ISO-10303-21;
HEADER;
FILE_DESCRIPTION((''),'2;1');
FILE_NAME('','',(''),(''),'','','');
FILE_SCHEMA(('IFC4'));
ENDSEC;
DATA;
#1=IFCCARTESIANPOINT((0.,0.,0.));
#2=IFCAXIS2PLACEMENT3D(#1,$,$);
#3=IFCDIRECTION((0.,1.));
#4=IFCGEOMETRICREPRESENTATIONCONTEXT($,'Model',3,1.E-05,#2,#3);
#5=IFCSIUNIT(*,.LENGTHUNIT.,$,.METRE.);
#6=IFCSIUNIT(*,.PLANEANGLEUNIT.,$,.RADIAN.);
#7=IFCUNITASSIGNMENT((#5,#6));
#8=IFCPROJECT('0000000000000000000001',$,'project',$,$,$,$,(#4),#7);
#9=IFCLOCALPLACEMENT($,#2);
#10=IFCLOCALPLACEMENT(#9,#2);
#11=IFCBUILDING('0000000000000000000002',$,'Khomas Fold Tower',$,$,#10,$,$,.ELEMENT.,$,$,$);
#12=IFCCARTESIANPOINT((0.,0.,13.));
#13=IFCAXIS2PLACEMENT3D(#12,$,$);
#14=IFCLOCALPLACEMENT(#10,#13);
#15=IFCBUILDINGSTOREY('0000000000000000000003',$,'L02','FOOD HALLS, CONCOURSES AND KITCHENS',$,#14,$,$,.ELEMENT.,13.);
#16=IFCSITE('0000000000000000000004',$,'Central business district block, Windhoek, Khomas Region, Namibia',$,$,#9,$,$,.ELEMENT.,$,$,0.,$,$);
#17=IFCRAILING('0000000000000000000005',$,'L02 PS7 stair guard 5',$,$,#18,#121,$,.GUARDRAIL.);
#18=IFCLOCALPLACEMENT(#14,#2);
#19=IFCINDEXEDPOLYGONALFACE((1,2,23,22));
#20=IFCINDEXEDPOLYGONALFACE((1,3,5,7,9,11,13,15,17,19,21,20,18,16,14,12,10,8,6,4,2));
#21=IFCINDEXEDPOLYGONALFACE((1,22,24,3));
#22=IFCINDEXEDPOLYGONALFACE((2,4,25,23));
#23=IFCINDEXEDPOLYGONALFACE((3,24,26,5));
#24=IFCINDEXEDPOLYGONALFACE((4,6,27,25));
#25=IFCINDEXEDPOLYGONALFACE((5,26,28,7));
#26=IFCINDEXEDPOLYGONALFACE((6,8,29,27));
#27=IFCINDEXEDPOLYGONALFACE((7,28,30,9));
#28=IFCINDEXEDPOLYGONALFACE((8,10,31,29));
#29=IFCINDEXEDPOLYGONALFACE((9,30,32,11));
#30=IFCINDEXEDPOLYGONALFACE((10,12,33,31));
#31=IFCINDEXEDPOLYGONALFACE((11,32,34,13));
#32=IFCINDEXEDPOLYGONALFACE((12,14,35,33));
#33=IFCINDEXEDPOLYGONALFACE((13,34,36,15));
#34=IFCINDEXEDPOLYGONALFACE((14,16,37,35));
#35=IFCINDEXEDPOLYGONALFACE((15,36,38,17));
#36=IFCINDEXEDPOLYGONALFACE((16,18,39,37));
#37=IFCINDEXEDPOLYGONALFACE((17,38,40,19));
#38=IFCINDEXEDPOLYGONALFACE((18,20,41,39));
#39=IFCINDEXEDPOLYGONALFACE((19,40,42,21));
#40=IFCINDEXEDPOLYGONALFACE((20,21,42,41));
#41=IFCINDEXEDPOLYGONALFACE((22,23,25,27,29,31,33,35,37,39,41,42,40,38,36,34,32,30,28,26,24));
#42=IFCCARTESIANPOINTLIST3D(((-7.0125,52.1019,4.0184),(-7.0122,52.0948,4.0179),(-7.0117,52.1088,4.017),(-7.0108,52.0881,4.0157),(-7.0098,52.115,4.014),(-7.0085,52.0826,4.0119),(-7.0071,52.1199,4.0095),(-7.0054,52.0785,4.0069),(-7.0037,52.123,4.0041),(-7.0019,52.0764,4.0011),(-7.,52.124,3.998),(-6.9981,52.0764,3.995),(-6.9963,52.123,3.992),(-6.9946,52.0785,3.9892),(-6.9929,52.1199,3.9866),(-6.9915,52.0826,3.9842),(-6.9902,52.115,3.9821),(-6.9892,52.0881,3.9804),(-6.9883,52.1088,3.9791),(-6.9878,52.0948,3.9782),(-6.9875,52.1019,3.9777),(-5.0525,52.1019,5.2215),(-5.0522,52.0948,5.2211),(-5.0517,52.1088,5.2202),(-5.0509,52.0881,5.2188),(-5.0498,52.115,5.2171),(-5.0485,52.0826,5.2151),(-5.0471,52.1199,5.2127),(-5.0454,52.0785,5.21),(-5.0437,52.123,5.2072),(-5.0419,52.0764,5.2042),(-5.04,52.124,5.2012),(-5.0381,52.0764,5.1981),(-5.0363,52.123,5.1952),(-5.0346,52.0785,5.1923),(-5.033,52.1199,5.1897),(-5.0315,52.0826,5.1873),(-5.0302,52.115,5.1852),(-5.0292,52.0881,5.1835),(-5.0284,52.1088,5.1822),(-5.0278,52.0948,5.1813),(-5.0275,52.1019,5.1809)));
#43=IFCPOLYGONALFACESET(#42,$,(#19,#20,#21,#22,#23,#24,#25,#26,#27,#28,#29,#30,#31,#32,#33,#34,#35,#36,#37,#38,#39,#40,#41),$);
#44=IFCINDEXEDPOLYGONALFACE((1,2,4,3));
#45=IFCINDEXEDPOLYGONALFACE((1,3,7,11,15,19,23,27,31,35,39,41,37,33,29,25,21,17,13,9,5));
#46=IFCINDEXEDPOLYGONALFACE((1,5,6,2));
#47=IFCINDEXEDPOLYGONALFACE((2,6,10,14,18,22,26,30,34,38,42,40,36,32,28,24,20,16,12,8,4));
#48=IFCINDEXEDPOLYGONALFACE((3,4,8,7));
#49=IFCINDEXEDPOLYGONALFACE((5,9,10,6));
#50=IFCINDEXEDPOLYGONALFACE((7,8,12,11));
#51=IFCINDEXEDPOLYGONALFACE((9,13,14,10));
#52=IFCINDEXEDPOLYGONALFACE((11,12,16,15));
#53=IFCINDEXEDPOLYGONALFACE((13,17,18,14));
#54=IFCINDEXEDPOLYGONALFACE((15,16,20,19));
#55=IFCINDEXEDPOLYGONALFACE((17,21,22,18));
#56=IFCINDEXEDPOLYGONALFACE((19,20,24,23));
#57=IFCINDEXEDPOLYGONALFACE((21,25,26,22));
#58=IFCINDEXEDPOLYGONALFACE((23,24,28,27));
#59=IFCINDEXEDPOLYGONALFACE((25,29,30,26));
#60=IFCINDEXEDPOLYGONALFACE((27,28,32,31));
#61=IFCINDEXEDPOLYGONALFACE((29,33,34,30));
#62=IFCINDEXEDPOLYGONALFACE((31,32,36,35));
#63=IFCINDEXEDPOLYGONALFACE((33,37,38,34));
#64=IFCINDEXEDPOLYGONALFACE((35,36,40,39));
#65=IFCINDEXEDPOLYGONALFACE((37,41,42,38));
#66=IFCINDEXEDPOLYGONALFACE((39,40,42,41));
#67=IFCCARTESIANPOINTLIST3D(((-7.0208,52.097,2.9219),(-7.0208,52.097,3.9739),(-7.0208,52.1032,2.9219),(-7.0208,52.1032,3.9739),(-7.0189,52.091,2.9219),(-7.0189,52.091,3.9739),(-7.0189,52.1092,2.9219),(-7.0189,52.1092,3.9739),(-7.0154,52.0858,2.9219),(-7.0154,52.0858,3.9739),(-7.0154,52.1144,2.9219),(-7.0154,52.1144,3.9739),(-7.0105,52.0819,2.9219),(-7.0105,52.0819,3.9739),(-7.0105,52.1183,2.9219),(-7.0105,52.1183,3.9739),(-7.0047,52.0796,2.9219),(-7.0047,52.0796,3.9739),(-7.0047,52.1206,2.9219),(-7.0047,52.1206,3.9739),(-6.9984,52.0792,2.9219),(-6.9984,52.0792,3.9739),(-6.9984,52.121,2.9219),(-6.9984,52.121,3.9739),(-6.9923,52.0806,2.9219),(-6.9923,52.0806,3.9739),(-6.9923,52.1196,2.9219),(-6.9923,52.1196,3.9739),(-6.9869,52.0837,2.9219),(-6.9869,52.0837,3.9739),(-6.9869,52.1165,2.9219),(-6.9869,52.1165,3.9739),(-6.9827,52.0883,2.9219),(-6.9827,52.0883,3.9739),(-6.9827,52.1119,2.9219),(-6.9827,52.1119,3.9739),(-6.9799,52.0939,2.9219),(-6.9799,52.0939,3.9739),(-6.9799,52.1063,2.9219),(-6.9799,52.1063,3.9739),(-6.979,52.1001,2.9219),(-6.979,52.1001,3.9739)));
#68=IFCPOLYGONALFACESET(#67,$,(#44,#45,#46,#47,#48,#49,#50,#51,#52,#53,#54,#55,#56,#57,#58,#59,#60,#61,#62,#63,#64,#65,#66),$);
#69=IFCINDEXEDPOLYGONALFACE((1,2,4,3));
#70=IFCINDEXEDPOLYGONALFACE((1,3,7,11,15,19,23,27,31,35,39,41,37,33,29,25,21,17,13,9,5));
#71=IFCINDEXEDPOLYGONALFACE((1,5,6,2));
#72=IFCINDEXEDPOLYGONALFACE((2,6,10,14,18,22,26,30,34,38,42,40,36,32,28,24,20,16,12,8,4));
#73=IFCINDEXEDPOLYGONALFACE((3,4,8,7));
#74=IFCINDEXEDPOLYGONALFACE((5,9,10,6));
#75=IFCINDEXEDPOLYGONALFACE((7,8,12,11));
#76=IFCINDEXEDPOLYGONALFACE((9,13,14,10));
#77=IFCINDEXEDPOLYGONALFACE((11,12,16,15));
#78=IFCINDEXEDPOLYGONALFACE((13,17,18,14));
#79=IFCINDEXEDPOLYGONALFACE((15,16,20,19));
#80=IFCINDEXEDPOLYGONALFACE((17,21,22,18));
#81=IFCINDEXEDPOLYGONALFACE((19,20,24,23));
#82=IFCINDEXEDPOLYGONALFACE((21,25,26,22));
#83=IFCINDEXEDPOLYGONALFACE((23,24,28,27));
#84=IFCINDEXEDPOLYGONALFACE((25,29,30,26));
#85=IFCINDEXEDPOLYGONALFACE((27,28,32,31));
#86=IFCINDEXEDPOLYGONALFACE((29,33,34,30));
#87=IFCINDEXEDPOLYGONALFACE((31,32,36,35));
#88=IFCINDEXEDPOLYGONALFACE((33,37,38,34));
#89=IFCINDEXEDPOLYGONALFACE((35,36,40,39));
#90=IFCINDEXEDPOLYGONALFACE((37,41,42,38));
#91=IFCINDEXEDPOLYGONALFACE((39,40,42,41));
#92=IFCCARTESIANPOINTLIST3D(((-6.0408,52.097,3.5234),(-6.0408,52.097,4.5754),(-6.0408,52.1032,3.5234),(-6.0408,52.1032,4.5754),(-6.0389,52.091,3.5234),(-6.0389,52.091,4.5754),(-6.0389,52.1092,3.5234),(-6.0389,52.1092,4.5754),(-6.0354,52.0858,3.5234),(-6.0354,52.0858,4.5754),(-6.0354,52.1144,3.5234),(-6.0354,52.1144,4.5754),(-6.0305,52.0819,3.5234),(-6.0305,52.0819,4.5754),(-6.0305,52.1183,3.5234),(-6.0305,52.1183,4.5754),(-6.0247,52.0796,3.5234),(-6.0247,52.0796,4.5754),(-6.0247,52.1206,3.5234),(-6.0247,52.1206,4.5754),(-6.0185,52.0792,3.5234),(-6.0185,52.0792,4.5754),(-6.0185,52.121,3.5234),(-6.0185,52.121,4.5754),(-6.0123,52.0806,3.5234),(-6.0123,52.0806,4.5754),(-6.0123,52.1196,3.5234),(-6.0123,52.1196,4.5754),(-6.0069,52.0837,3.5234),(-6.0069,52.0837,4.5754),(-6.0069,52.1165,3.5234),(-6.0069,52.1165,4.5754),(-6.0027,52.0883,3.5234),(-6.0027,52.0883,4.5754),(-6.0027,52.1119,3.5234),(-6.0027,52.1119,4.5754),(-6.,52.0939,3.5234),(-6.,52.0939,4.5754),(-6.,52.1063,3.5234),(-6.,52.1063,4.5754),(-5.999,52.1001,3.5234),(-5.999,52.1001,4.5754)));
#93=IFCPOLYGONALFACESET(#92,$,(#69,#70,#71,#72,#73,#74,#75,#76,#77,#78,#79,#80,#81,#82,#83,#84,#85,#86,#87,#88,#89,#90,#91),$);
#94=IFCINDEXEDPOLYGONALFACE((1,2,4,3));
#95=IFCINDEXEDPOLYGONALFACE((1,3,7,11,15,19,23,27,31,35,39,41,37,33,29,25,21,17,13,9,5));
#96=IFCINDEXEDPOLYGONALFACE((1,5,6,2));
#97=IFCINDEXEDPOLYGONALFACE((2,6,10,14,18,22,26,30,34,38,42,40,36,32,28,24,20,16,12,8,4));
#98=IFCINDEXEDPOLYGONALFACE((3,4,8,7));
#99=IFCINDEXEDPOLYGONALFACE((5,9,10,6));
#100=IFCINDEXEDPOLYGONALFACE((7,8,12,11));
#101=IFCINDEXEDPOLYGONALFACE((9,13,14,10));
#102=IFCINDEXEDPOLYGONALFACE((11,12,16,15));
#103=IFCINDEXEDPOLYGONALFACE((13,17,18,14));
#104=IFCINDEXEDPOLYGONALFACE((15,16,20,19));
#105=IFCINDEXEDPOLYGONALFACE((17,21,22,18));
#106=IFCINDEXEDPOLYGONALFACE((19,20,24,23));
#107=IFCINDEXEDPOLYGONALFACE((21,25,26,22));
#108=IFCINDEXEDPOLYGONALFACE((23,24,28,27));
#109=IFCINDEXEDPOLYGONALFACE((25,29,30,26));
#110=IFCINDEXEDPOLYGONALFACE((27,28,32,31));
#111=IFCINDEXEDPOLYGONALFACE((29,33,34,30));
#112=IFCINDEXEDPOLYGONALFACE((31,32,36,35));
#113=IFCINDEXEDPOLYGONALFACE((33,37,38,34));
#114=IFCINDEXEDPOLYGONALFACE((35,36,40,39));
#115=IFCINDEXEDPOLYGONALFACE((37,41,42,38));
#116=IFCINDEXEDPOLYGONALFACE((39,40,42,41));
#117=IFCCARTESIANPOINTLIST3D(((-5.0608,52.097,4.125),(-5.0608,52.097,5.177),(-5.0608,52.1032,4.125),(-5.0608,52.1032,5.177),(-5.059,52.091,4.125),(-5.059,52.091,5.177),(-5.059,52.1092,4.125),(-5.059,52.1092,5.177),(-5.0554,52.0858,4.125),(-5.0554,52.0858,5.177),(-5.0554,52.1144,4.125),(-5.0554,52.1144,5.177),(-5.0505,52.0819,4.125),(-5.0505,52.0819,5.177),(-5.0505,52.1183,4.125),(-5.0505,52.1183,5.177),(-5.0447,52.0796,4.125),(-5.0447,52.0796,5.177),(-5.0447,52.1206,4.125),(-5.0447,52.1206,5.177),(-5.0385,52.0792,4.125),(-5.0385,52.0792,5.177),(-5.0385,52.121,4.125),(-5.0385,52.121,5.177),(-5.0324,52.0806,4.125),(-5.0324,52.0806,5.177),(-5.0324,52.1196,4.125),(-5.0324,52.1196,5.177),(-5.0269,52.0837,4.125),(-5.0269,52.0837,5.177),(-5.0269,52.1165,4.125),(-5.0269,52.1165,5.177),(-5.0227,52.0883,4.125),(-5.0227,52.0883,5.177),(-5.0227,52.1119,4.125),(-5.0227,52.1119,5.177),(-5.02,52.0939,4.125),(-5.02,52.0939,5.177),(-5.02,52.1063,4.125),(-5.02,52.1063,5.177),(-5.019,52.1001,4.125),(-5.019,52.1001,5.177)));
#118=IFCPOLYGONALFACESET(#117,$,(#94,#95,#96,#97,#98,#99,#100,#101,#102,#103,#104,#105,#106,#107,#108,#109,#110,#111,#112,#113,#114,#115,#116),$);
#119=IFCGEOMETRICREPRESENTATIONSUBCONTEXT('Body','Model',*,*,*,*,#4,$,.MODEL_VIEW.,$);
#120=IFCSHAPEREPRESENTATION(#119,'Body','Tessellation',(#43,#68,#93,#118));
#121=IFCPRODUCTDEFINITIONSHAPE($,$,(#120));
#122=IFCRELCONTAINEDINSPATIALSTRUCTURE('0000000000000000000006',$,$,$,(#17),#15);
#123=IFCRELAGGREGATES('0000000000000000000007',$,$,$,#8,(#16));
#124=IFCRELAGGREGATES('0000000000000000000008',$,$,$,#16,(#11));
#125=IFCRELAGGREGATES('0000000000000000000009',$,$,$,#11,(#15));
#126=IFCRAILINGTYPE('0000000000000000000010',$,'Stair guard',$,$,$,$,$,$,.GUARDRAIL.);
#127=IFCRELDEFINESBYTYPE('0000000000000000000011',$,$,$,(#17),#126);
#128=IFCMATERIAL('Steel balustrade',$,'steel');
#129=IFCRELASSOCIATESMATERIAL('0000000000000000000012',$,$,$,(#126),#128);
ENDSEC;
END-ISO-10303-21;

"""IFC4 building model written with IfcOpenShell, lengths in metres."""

from ifc_helpers import new_model, si_unit, direction, frame, origin, origin_2d, place, context, subcontext, project, spatial, circle, extrude, source, transform, mapped, material, type_object, element, save


model = new_model("IFC4")

# Units and contexts
model_context = context("Model", 3, precision=1e-05, world=origin(), true_north=direction((0.0, 1.0)))
body_context = subcontext(model_context, "Body", "Model", "MODEL_VIEW")
ifc_project = project(units=[si_unit("LENGTHUNIT", "METRE"), si_unit("PLANEANGLEUNIT", "RADIAN")], contexts=[model_context])

# Site, building, storey
site_placement = place(None, origin())
site = spatial("IfcSite", under=ifc_project, at=site_placement, Name="Central business district block, Windhoek, Khomas Region, Namibia", CompositionType="ELEMENT", RefElevation=0.0)
building_placement = place(site_placement, origin())
building = spatial("IfcBuilding", under=site, at=building_placement, Name="Khomas Fold Tower", CompositionType="ELEMENT")
storey_placement = place(building_placement, frame((0.0, 0.0, 13.0)))
storey = spatial("IfcBuildingStorey", under=building, at=storey_placement, Name="L02", Description="FOOD HALLS, CONCOURSES AND KITCHENS", CompositionType="ELEMENT", Elevation=13.0)

# Railing
ifc_material_1 = material(Name="Steel balustrade", Category="steel")
railing_type_1 = type_object("IfcRailingType", Name="Stair guard", PredefinedType="GUARDRAIL", material=ifc_material_1)
shared_shape_1 = source(origin(), body_context, "Body", "SweptSolid", [
    extrude(circle(Radius=0.0239, at=origin_2d()), frame((0.0, 0.0, 1.0762), z_axis=(0.852241, 0.0, 0.523149), x_axis=(0.0, 1.0, 0.0)), (0.0, 0.0, 1.0), 2.2998),
    extrude(circle(Radius=0.021, at=origin_2d()), origin(), (0.0, 0.0, 1.0), 1.052),
    extrude(circle(Radius=0.021, at=origin_2d()), frame((0.98, 0.0, 0.6016)), (0.0, 0.0, 1.0), 1.052),
    extrude(circle(Radius=0.021, at=origin_2d()), frame((1.96, 0.0, 1.2031)), (0.0, 0.0, 1.0), 1.052),
])
for number, where, name in (
    (1, (-7.0, 52.1001, 2.9219), "L02 PS7 stair guard 5"),
):
    element("IfcRailing", number, at=place(storey_placement, frame(where)), inside=storey, type_object=railing_type_1, Name=name, PredefinedType="GUARDRAIL", context=body_context, shape_type="MappedRepresentation", body=[
        mapped(shared_shape_1, transform((0.0, 0.0, 0.0))),
    ])

save(model, "model.ifc")
